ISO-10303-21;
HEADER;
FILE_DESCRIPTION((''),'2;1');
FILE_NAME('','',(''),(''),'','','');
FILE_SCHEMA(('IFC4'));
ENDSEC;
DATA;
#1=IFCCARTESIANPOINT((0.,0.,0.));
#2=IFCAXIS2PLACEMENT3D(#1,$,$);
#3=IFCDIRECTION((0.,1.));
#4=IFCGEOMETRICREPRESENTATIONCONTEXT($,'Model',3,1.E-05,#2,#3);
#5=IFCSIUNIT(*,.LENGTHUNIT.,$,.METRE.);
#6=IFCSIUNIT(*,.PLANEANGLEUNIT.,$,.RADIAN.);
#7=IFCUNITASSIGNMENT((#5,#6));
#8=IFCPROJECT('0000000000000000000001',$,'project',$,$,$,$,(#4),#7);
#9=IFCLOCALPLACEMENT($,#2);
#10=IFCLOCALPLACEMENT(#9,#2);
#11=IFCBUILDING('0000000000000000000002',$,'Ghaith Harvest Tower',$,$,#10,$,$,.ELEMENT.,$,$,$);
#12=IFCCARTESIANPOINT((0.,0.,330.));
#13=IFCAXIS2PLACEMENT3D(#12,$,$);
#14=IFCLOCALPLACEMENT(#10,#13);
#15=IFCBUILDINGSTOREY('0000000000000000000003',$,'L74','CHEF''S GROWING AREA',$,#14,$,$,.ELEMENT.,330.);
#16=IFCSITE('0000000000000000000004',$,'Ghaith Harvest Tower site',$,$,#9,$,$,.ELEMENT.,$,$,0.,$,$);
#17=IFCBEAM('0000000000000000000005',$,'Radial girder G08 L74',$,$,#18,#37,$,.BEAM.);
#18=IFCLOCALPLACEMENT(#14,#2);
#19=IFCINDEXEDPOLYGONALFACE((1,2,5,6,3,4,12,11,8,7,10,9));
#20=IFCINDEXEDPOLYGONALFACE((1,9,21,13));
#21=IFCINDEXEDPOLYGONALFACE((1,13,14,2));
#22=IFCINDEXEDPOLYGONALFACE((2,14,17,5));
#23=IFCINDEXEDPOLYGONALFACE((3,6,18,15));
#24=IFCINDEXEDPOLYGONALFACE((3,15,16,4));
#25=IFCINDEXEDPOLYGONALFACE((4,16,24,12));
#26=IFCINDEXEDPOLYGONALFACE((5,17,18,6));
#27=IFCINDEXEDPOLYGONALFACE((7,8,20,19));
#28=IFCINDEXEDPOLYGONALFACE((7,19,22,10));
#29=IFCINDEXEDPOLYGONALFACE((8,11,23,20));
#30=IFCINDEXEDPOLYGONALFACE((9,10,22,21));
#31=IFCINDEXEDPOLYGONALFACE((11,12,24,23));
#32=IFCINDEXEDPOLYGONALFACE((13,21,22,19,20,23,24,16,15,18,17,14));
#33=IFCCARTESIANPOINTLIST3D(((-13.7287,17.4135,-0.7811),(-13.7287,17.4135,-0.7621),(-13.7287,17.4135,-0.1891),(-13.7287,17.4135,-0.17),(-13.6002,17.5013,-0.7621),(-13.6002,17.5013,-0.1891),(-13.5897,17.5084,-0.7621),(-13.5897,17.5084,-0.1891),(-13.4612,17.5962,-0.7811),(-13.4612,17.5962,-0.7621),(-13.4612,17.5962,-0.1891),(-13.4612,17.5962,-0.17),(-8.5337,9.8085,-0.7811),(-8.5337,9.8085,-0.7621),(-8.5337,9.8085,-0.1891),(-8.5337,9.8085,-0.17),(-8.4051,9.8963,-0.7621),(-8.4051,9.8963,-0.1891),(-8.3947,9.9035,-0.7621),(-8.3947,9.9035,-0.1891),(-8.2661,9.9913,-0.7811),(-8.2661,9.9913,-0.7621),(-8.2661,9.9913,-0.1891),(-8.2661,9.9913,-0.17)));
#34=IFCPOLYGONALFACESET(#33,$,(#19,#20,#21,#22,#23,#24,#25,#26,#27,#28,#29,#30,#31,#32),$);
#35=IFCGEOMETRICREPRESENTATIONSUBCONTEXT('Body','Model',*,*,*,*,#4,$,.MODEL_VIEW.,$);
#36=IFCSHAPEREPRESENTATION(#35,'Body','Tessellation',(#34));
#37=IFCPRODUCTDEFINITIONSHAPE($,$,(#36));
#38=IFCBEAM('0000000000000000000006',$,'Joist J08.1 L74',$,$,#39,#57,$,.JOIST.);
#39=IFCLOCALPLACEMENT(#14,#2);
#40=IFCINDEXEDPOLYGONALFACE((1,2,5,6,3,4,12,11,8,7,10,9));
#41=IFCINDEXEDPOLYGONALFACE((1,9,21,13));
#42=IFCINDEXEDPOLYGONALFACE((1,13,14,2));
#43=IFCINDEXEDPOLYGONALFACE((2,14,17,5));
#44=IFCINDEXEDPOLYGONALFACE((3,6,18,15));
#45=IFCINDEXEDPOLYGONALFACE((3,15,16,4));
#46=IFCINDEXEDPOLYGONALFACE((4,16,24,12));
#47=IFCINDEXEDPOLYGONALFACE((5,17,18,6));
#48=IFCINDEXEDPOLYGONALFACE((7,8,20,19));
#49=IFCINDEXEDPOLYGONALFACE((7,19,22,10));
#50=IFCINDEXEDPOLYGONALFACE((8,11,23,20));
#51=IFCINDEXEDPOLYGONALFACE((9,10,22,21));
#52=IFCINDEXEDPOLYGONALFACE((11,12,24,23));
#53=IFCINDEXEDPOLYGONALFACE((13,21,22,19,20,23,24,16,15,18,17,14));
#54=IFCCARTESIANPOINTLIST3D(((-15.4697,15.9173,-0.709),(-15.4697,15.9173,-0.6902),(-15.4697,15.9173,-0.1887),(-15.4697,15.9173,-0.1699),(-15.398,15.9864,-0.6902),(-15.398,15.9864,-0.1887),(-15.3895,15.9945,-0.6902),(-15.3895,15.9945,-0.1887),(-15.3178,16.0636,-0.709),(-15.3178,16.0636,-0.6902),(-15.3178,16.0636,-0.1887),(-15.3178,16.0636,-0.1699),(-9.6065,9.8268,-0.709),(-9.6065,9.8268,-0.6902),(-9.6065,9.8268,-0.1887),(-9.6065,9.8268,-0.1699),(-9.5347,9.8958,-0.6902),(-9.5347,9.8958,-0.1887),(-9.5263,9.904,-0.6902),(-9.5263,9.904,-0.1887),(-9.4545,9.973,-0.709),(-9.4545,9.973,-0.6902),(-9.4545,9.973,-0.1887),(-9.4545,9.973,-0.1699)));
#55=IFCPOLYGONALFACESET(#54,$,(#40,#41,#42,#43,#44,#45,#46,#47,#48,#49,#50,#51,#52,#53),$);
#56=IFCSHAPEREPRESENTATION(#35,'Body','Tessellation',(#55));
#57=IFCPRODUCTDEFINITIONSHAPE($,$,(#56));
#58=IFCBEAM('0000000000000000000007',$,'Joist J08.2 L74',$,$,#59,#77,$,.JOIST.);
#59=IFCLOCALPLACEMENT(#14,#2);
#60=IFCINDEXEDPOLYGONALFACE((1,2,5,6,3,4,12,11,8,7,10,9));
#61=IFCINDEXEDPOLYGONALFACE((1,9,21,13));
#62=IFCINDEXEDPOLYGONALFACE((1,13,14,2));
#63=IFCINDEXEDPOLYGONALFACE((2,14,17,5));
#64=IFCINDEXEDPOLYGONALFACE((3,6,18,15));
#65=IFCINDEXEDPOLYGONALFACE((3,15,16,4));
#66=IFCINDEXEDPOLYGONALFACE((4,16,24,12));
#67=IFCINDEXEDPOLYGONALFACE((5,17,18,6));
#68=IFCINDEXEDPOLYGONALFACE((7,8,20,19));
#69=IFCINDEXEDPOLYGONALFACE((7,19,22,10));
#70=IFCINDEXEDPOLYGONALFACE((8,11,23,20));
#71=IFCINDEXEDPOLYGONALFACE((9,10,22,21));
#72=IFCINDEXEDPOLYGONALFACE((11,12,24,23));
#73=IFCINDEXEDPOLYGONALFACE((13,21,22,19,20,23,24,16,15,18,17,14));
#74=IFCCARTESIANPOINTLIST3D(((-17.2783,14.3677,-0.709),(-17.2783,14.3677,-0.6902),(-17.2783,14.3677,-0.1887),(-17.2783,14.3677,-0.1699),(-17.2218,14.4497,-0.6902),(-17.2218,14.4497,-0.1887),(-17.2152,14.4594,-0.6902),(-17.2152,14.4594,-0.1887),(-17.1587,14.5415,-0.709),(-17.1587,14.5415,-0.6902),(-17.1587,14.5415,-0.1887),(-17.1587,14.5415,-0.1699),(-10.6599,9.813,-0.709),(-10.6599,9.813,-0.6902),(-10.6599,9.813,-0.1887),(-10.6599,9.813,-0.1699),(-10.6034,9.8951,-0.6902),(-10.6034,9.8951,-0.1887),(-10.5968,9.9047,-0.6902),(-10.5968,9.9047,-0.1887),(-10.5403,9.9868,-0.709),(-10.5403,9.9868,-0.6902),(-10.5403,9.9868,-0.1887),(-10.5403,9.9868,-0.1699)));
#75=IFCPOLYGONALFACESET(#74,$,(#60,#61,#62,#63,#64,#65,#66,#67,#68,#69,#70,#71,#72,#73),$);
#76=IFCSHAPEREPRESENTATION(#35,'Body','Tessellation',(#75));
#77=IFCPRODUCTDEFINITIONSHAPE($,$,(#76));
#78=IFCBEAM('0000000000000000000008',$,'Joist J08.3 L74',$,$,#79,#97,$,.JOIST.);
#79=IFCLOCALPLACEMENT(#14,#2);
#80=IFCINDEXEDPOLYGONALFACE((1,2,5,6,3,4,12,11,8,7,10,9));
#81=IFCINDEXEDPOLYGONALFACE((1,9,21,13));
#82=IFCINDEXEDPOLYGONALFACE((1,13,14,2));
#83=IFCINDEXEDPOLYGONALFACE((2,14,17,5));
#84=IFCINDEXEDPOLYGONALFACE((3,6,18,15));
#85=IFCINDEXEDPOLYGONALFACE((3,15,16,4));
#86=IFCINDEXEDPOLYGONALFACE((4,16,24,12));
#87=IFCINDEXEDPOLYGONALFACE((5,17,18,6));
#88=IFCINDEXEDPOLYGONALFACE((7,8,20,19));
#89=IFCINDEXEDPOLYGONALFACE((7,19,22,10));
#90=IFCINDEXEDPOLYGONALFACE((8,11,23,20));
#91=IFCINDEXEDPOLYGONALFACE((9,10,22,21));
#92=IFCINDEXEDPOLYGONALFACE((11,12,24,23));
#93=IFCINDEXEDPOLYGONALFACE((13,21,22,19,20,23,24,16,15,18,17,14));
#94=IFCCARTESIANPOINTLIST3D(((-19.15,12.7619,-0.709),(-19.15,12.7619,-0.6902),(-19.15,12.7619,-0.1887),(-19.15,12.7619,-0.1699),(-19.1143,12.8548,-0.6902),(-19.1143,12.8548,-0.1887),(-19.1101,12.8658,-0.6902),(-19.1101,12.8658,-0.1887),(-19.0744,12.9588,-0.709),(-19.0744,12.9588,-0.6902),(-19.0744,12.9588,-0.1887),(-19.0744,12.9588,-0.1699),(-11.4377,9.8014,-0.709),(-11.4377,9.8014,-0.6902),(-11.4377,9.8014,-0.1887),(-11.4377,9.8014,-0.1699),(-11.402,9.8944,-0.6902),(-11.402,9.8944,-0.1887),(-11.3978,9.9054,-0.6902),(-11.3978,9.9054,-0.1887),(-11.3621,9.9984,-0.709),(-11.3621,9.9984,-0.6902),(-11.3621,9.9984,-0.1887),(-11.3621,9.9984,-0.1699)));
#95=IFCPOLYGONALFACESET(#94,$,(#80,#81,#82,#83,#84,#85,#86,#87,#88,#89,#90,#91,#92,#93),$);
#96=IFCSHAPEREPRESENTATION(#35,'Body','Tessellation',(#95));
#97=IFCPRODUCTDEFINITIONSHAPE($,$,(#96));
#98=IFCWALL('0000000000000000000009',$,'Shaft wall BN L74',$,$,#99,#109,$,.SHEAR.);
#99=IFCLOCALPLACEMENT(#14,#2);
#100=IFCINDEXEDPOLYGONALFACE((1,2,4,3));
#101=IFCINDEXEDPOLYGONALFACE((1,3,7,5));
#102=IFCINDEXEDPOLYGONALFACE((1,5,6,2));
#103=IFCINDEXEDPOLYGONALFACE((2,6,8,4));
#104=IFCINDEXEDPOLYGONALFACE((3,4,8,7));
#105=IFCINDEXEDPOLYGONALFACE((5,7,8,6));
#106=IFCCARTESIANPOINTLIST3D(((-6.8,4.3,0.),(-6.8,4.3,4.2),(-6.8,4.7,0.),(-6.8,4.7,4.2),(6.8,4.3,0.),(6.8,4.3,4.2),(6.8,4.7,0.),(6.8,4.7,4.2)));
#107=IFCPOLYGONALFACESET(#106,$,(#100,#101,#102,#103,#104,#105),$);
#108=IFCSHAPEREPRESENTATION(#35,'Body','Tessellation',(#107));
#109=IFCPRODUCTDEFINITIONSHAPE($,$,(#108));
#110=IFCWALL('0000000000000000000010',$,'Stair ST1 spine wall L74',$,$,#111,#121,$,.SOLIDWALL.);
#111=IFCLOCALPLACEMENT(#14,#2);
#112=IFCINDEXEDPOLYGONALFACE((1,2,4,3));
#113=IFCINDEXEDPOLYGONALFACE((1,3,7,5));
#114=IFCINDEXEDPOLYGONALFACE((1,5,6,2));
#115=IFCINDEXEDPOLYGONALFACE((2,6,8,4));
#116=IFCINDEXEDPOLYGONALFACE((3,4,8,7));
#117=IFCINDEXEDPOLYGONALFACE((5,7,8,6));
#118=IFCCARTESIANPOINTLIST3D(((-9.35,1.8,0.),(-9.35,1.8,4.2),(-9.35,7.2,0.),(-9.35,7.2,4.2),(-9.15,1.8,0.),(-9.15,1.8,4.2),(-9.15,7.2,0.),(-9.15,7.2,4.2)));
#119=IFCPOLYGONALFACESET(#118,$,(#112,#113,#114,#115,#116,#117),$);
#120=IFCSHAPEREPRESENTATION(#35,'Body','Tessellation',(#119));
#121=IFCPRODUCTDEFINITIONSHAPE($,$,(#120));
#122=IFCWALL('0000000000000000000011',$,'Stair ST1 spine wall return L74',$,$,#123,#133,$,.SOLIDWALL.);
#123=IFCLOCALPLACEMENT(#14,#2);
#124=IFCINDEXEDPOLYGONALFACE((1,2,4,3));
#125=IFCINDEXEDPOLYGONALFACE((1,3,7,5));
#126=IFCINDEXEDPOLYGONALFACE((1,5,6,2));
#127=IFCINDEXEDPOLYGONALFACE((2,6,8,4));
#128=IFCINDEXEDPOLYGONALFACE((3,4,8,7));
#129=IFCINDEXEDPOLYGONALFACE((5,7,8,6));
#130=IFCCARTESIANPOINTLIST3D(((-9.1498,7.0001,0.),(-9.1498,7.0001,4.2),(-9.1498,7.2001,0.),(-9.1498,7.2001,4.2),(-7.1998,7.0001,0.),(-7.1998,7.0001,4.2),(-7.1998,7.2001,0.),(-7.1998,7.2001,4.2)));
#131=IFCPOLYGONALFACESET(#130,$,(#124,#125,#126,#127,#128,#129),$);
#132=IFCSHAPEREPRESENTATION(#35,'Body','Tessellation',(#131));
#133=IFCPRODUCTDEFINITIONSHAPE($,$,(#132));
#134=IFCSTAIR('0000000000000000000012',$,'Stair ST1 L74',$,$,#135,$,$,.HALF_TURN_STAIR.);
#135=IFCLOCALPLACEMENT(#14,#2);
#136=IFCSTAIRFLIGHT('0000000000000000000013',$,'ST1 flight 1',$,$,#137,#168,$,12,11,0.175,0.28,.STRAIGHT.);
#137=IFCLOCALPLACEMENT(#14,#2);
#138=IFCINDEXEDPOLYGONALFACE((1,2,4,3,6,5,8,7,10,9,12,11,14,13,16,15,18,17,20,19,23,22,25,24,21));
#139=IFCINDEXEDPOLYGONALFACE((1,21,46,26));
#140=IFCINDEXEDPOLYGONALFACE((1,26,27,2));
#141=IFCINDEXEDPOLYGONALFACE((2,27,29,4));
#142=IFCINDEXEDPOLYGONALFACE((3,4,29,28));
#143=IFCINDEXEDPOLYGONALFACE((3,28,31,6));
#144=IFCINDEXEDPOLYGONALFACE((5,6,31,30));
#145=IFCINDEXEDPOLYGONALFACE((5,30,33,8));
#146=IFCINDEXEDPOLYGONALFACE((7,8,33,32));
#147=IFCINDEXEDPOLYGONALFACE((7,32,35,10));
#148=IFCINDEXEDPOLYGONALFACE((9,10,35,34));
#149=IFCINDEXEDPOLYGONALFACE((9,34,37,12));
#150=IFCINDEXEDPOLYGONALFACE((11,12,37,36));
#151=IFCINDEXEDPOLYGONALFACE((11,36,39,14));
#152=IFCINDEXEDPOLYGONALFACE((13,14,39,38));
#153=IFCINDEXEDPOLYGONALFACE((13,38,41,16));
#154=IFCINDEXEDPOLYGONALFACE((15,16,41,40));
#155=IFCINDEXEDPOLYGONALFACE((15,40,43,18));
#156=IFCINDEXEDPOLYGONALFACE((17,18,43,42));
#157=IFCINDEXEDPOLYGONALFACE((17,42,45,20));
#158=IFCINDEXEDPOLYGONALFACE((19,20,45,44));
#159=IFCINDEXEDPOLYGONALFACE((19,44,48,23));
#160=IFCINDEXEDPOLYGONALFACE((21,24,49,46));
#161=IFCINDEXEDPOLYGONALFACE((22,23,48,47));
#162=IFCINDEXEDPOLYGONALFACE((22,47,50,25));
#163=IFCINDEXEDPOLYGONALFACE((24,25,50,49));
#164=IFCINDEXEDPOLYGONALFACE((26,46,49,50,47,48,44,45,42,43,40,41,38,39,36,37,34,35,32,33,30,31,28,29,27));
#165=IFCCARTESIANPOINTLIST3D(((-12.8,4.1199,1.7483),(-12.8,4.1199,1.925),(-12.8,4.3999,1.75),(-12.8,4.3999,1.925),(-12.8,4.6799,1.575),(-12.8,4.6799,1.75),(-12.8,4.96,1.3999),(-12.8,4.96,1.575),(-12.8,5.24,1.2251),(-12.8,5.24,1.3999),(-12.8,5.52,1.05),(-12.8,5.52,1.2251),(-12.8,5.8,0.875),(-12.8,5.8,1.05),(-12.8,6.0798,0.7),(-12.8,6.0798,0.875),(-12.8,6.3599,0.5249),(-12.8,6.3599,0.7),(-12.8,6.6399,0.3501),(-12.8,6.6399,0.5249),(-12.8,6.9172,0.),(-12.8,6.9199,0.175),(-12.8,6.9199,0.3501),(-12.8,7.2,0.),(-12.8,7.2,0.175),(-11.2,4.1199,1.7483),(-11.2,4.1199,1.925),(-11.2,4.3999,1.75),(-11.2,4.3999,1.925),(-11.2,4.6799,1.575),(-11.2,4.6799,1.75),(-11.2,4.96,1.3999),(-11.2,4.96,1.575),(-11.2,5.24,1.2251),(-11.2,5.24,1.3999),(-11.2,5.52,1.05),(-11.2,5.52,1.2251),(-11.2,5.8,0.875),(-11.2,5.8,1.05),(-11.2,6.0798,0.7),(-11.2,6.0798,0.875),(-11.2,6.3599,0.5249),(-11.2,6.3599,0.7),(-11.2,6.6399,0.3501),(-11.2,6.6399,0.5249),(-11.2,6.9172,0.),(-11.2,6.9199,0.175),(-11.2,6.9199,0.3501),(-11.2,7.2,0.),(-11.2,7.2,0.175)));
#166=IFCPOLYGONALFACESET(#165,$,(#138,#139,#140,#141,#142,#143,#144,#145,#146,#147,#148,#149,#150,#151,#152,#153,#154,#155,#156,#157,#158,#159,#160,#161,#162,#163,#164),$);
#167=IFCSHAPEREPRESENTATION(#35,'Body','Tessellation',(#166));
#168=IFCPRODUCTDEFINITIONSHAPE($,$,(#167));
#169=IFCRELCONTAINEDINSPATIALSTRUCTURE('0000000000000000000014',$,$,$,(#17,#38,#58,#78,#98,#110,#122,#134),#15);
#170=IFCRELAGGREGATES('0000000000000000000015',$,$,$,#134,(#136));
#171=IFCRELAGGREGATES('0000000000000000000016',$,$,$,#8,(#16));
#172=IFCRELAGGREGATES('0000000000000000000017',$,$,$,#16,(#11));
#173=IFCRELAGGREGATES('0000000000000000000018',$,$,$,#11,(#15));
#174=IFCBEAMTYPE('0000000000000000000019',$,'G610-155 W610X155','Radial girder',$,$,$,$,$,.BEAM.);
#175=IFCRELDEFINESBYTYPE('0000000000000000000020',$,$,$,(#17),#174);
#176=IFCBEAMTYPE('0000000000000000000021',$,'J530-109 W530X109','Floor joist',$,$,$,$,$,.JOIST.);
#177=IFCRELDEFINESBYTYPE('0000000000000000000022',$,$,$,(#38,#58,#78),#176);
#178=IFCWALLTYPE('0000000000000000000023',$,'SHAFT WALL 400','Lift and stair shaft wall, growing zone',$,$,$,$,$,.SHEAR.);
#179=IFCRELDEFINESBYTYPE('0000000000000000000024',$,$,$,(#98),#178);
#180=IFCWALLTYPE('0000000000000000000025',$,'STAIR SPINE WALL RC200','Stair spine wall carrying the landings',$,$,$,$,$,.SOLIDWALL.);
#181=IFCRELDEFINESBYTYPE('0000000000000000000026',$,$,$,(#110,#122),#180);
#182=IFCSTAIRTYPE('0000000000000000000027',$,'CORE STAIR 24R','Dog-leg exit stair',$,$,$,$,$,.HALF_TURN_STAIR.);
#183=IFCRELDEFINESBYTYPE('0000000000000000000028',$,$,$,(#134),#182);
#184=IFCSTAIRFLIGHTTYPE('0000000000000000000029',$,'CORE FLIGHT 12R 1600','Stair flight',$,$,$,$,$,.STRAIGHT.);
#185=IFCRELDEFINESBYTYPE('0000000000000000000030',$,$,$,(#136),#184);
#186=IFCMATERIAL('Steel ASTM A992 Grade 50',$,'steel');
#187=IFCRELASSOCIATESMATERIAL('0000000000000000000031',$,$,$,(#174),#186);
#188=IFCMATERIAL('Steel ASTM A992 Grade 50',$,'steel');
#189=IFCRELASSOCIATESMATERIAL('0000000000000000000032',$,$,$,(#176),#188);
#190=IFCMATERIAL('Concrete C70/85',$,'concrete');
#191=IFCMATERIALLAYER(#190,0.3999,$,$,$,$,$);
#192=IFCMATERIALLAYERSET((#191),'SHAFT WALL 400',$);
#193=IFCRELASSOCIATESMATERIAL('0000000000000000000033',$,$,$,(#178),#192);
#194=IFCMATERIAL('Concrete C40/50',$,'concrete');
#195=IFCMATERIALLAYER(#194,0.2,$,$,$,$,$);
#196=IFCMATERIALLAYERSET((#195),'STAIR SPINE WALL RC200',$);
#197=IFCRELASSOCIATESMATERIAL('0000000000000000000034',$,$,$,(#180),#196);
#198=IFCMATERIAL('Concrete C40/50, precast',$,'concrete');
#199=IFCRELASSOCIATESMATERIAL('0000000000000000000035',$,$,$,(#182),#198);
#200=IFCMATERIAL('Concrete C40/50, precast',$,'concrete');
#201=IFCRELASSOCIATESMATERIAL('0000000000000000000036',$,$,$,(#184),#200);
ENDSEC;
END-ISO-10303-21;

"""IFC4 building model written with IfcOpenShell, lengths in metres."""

from ifc_helpers import new_model, si_unit, direction, frame, frame_2d, origin, origin_2d, place, context, subcontext, project, spatial, polyline, rectangle, i_section, outline, extrude, material, layer, layer_set, material_profile, profile_set, type_object, element, aggregate, save


model = new_model("IFC4")

# Units and contexts
model_context = context("Model", 3, precision=1e-05, world=origin(), true_north=direction((0.0, 1.0)))
body_context = subcontext(model_context, "Body", "Model", "MODEL_VIEW")
ifc_project = project(units=[si_unit("LENGTHUNIT", "METRE"), si_unit("PLANEANGLEUNIT", "RADIAN")], contexts=[model_context])

# Site, building, storey
site_placement = place(None, origin())
site = spatial("IfcSite", under=ifc_project, at=site_placement, Name="Ghaith Harvest Tower site", CompositionType="ELEMENT", RefElevation=0.0)
building_placement = place(site_placement, origin())
building = spatial("IfcBuilding", under=site, at=building_placement, Name="Ghaith Harvest Tower", CompositionType="ELEMENT")
storey_placement = place(building_placement, frame((0.0, 0.0, 330.0)))
storey = spatial("IfcBuildingStorey", under=building, at=storey_placement, Name="L74", Description="CHEF'S GROWING AREA", CompositionType="ELEMENT", Elevation=330.0)

# Beams
ifc_material_1 = material(Name="Steel ASTM A992 Grade 50", Category="steel")
ifc_material_profile_1 = material_profile(ifc_material_1, i_section(OverallWidth=0.324, OverallDepth=0.6111, WebThickness=0.0127, FlangeThickness=0.019, at=origin_2d()), Name="W610X155")
ifc_profile_set_1 = profile_set([ifc_material_profile_1], Name="Steel ASTM A992 Grade 50")
beam_type_1 = type_object("IfcBeamType", Name="G610-155 W610X155", Description="Radial girder", PredefinedType="BEAM", material=ifc_profile_set_1)
beam_1_placement = place(storey_placement, frame((-8.3999, 9.8999, -0.4756), z_axis=(-0.564067, 0.825729, 0.0), x_axis=(-0.825729, -0.564067, 0.0)))
element("IfcBeam", 1, at=beam_1_placement, inside=storey, type_object=beam_type_1, Name="Radial girder G08 L74", PredefinedType="BEAM", context=body_context, shape_type="SweptSolid", body=[
    extrude(i_section(OverallWidth=0.324, OverallDepth=0.6111, WebThickness=0.0127, FlangeThickness=0.019, at=origin_2d()), origin(), (0.0, 0.0, 1.0), 9.21),
])
ifc_material_2 = material(Name="Steel ASTM A992 Grade 50", Category="steel")
ifc_material_profile_2 = material_profile(ifc_material_2, i_section(OverallWidth=0.2109, OverallDepth=0.5391, WebThickness=0.0117, FlangeThickness=0.0188, at=origin_2d()), Name="W530X109")
ifc_profile_set_2 = profile_set([ifc_material_profile_2], Name="Steel ASTM A992 Grade 50")
beam_type_2 = type_object("IfcBeamType", Name="J530-109 W530X109", Description="Floor joist", PredefinedType="JOIST", material=ifc_profile_set_2)
beam_2_placement = place(storey_placement, frame((-9.5305, 9.8999, -0.4395), z_axis=(-0.693536, 0.720422, 0.0), x_axis=(-0.720422, -0.693536, 0.0)))
element("IfcBeam", 2, at=beam_2_placement, inside=storey, type_object=beam_type_2, Name="Joist J08.1 L74", PredefinedType="JOIST", context=body_context, shape_type="SweptSolid", body=[
    extrude(i_section(OverallWidth=0.2109, OverallDepth=0.5391, WebThickness=0.0117, FlangeThickness=0.0188, at=origin_2d()), origin(), (0.0, 0.0, 1.0), 8.4541),
])
beam_3_placement = place(storey_placement, frame((-10.6001, 9.8999, -0.4395), z_axis=(-0.823779, 0.566912, 0.0), x_axis=(-0.566912, -0.823779, 0.0)))
element("IfcBeam", 3, at=beam_3_placement, inside=storey, type_object=beam_type_2, Name="Joist J08.2 L74", PredefinedType="JOIST", context=body_context, shape_type="SweptSolid", body=[
    extrude(i_section(OverallWidth=0.2109, OverallDepth=0.5391, WebThickness=0.0117, FlangeThickness=0.0188, at=origin_2d()), origin(), (0.0, 0.0, 1.0), 8.0342),
])
beam_4_placement = place(storey_placement, frame((-11.3999, 9.8999, -0.4395), z_axis=(-0.933583, 0.358361, 0.0), x_axis=(-0.358361, -0.933583, 0.0)))
element("IfcBeam", 4, at=beam_4_placement, inside=storey, type_object=beam_type_2, Name="Joist J08.3 L74", PredefinedType="JOIST", context=body_context, shape_type="SweptSolid", body=[
    extrude(i_section(OverallWidth=0.2109, OverallDepth=0.5391, WebThickness=0.0117, FlangeThickness=0.0188, at=origin_2d()), origin(), (0.0, 0.0, 1.0), 8.261),
])

# Shared definitions
ifc_material_3 = material(Name="Concrete C70/85", Category="concrete")
ifc_layer_1 = layer(ifc_material_3, 0.3999)
ifc_layer_set_1 = layer_set([ifc_layer_1], Name="SHAFT WALL 400")
wall_type_1 = type_object("IfcWallType", Name="SHAFT WALL 400", Description="Lift and stair shaft wall, growing zone", PredefinedType="SHEAR", material=ifc_layer_set_1)

# Walls
wall_1_placement = place(storey_placement, frame((-6.8, 4.5, 0.0), z_axis=(0.0, 0.0, 1.0), x_axis=(1.0, 0.0, 0.0)))
element("IfcWall", 5, at=wall_1_placement, inside=storey, type_object=wall_type_1, Name="Shaft wall BN L74", PredefinedType="SHEAR", context=body_context, shape_type="SweptSolid", body=[
    extrude(rectangle(XDim=13.6001, YDim=0.3999, at=frame_2d((6.8, 0.0))), origin(), (0.0, 0.0, 1.0), 4.2),
])
ifc_material_4 = material(Name="Concrete C40/50", Category="concrete")
ifc_layer_2 = layer(ifc_material_4, 0.2)
ifc_layer_set_2 = layer_set([ifc_layer_2], Name="STAIR SPINE WALL RC200")
wall_type_2 = type_object("IfcWallType", Name="STAIR SPINE WALL RC200", Description="Stair spine wall carrying the landings", PredefinedType="SOLIDWALL", material=ifc_layer_set_2)
wall_2_placement = place(storey_placement, frame((-9.25, 7.2, 0.0), z_axis=(0.0, 0.0, 1.0), x_axis=(0.0, -1.0, 0.0)))
element("IfcWall", 6, at=wall_2_placement, inside=storey, type_object=wall_type_2, Name="Stair ST1 spine wall L74", PredefinedType="SOLIDWALL", context=body_context, shape_type="SweptSolid", body=[
    extrude(rectangle(XDim=5.3999, YDim=0.2, at=frame_2d((2.7, 0.0))), origin(), (0.0, 0.0, 1.0), 4.2),
])
wall_3_placement = place(storey_placement, frame((-9.1499, 7.1001, 0.0), z_axis=(0.0, 0.0, 1.0), x_axis=(1.0, 0.0, 0.0)))
element("IfcWall", 7, at=wall_3_placement, inside=storey, type_object=wall_type_2, Name="Stair ST1 spine wall return L74", PredefinedType="SOLIDWALL", context=body_context, shape_type="SweptSolid", body=[
    extrude(rectangle(XDim=1.95, YDim=0.2, at=frame_2d((0.9751, 0.0))), origin(), (0.0, 0.0, 1.0), 4.2),
])

# Stair, stair flight
ifc_material_5 = material(Name="Concrete C40/50, precast", Category="concrete")
stair_type = type_object("IfcStairType", Name="CORE STAIR 24R", Description="Dog-leg exit stair", PredefinedType="HALF_TURN_STAIR", material=ifc_material_5)
stair_placement = place(storey_placement, origin())
stair = element("IfcStair", 8, at=stair_placement, inside=storey, type_object=stair_type, Name="Stair ST1 L74", PredefinedType="HALF_TURN_STAIR")
ifc_material_6 = material(Name="Concrete C40/50, precast", Category="concrete")
stair_flight_type = type_object("IfcStairFlightType", Name="CORE FLIGHT 12R 1600", Description="Stair flight", PredefinedType="STRAIGHT", material=ifc_material_6)
stair_flight_1_placement = place(storey_placement, frame((-12.0, 7.2, 0.0), z_axis=(0.0, 0.0, 1.0), x_axis=(0.0, -1.0, 0.0)))
stair_flight_1 = element("IfcStairFlight", 9, at=stair_flight_1_placement, type_object=stair_flight_type, Name="ST1 flight 1", NumberOfRisers=12, NumberOfTreads=11, PredefinedType="STRAIGHT", RiserHeight=0.175, TreadLength=0.28, context=body_context, shape_type="SweptSolid", body=[
    extrude(outline(polyline([(0.0, 0.0), (0.0, 0.175), (0.28, 0.175), (0.28, 0.3501), (0.5601, 0.3501), (0.5601, 0.5249), (0.8401, 0.5249), (0.8401, 0.7), (1.1201, 0.7), (1.1201, 0.875), (1.3999, 0.875), (1.3999, 1.05), (1.6799, 1.05), (1.6799, 1.2251), (1.96, 1.2251), (1.96, 1.3999), (2.24, 1.3999), (2.24, 1.575), (2.52, 1.575), (2.52, 1.75), (2.8, 1.75), (2.8, 1.925), (3.0801, 1.925), (3.0801, 2.1001), (3.0801, 1.7483), (0.2827, 0.0), (0.0, 0.0)])), frame((0.0, 0.8, 0.0), z_axis=(0.0, -1.0, 0.0), x_axis=(1.0, 0.0, 0.0)), (0.0, 0.0, 1.0), 1.6001),
])
aggregate(stair, [stair_flight_1])

save(model, "model.ifc")
